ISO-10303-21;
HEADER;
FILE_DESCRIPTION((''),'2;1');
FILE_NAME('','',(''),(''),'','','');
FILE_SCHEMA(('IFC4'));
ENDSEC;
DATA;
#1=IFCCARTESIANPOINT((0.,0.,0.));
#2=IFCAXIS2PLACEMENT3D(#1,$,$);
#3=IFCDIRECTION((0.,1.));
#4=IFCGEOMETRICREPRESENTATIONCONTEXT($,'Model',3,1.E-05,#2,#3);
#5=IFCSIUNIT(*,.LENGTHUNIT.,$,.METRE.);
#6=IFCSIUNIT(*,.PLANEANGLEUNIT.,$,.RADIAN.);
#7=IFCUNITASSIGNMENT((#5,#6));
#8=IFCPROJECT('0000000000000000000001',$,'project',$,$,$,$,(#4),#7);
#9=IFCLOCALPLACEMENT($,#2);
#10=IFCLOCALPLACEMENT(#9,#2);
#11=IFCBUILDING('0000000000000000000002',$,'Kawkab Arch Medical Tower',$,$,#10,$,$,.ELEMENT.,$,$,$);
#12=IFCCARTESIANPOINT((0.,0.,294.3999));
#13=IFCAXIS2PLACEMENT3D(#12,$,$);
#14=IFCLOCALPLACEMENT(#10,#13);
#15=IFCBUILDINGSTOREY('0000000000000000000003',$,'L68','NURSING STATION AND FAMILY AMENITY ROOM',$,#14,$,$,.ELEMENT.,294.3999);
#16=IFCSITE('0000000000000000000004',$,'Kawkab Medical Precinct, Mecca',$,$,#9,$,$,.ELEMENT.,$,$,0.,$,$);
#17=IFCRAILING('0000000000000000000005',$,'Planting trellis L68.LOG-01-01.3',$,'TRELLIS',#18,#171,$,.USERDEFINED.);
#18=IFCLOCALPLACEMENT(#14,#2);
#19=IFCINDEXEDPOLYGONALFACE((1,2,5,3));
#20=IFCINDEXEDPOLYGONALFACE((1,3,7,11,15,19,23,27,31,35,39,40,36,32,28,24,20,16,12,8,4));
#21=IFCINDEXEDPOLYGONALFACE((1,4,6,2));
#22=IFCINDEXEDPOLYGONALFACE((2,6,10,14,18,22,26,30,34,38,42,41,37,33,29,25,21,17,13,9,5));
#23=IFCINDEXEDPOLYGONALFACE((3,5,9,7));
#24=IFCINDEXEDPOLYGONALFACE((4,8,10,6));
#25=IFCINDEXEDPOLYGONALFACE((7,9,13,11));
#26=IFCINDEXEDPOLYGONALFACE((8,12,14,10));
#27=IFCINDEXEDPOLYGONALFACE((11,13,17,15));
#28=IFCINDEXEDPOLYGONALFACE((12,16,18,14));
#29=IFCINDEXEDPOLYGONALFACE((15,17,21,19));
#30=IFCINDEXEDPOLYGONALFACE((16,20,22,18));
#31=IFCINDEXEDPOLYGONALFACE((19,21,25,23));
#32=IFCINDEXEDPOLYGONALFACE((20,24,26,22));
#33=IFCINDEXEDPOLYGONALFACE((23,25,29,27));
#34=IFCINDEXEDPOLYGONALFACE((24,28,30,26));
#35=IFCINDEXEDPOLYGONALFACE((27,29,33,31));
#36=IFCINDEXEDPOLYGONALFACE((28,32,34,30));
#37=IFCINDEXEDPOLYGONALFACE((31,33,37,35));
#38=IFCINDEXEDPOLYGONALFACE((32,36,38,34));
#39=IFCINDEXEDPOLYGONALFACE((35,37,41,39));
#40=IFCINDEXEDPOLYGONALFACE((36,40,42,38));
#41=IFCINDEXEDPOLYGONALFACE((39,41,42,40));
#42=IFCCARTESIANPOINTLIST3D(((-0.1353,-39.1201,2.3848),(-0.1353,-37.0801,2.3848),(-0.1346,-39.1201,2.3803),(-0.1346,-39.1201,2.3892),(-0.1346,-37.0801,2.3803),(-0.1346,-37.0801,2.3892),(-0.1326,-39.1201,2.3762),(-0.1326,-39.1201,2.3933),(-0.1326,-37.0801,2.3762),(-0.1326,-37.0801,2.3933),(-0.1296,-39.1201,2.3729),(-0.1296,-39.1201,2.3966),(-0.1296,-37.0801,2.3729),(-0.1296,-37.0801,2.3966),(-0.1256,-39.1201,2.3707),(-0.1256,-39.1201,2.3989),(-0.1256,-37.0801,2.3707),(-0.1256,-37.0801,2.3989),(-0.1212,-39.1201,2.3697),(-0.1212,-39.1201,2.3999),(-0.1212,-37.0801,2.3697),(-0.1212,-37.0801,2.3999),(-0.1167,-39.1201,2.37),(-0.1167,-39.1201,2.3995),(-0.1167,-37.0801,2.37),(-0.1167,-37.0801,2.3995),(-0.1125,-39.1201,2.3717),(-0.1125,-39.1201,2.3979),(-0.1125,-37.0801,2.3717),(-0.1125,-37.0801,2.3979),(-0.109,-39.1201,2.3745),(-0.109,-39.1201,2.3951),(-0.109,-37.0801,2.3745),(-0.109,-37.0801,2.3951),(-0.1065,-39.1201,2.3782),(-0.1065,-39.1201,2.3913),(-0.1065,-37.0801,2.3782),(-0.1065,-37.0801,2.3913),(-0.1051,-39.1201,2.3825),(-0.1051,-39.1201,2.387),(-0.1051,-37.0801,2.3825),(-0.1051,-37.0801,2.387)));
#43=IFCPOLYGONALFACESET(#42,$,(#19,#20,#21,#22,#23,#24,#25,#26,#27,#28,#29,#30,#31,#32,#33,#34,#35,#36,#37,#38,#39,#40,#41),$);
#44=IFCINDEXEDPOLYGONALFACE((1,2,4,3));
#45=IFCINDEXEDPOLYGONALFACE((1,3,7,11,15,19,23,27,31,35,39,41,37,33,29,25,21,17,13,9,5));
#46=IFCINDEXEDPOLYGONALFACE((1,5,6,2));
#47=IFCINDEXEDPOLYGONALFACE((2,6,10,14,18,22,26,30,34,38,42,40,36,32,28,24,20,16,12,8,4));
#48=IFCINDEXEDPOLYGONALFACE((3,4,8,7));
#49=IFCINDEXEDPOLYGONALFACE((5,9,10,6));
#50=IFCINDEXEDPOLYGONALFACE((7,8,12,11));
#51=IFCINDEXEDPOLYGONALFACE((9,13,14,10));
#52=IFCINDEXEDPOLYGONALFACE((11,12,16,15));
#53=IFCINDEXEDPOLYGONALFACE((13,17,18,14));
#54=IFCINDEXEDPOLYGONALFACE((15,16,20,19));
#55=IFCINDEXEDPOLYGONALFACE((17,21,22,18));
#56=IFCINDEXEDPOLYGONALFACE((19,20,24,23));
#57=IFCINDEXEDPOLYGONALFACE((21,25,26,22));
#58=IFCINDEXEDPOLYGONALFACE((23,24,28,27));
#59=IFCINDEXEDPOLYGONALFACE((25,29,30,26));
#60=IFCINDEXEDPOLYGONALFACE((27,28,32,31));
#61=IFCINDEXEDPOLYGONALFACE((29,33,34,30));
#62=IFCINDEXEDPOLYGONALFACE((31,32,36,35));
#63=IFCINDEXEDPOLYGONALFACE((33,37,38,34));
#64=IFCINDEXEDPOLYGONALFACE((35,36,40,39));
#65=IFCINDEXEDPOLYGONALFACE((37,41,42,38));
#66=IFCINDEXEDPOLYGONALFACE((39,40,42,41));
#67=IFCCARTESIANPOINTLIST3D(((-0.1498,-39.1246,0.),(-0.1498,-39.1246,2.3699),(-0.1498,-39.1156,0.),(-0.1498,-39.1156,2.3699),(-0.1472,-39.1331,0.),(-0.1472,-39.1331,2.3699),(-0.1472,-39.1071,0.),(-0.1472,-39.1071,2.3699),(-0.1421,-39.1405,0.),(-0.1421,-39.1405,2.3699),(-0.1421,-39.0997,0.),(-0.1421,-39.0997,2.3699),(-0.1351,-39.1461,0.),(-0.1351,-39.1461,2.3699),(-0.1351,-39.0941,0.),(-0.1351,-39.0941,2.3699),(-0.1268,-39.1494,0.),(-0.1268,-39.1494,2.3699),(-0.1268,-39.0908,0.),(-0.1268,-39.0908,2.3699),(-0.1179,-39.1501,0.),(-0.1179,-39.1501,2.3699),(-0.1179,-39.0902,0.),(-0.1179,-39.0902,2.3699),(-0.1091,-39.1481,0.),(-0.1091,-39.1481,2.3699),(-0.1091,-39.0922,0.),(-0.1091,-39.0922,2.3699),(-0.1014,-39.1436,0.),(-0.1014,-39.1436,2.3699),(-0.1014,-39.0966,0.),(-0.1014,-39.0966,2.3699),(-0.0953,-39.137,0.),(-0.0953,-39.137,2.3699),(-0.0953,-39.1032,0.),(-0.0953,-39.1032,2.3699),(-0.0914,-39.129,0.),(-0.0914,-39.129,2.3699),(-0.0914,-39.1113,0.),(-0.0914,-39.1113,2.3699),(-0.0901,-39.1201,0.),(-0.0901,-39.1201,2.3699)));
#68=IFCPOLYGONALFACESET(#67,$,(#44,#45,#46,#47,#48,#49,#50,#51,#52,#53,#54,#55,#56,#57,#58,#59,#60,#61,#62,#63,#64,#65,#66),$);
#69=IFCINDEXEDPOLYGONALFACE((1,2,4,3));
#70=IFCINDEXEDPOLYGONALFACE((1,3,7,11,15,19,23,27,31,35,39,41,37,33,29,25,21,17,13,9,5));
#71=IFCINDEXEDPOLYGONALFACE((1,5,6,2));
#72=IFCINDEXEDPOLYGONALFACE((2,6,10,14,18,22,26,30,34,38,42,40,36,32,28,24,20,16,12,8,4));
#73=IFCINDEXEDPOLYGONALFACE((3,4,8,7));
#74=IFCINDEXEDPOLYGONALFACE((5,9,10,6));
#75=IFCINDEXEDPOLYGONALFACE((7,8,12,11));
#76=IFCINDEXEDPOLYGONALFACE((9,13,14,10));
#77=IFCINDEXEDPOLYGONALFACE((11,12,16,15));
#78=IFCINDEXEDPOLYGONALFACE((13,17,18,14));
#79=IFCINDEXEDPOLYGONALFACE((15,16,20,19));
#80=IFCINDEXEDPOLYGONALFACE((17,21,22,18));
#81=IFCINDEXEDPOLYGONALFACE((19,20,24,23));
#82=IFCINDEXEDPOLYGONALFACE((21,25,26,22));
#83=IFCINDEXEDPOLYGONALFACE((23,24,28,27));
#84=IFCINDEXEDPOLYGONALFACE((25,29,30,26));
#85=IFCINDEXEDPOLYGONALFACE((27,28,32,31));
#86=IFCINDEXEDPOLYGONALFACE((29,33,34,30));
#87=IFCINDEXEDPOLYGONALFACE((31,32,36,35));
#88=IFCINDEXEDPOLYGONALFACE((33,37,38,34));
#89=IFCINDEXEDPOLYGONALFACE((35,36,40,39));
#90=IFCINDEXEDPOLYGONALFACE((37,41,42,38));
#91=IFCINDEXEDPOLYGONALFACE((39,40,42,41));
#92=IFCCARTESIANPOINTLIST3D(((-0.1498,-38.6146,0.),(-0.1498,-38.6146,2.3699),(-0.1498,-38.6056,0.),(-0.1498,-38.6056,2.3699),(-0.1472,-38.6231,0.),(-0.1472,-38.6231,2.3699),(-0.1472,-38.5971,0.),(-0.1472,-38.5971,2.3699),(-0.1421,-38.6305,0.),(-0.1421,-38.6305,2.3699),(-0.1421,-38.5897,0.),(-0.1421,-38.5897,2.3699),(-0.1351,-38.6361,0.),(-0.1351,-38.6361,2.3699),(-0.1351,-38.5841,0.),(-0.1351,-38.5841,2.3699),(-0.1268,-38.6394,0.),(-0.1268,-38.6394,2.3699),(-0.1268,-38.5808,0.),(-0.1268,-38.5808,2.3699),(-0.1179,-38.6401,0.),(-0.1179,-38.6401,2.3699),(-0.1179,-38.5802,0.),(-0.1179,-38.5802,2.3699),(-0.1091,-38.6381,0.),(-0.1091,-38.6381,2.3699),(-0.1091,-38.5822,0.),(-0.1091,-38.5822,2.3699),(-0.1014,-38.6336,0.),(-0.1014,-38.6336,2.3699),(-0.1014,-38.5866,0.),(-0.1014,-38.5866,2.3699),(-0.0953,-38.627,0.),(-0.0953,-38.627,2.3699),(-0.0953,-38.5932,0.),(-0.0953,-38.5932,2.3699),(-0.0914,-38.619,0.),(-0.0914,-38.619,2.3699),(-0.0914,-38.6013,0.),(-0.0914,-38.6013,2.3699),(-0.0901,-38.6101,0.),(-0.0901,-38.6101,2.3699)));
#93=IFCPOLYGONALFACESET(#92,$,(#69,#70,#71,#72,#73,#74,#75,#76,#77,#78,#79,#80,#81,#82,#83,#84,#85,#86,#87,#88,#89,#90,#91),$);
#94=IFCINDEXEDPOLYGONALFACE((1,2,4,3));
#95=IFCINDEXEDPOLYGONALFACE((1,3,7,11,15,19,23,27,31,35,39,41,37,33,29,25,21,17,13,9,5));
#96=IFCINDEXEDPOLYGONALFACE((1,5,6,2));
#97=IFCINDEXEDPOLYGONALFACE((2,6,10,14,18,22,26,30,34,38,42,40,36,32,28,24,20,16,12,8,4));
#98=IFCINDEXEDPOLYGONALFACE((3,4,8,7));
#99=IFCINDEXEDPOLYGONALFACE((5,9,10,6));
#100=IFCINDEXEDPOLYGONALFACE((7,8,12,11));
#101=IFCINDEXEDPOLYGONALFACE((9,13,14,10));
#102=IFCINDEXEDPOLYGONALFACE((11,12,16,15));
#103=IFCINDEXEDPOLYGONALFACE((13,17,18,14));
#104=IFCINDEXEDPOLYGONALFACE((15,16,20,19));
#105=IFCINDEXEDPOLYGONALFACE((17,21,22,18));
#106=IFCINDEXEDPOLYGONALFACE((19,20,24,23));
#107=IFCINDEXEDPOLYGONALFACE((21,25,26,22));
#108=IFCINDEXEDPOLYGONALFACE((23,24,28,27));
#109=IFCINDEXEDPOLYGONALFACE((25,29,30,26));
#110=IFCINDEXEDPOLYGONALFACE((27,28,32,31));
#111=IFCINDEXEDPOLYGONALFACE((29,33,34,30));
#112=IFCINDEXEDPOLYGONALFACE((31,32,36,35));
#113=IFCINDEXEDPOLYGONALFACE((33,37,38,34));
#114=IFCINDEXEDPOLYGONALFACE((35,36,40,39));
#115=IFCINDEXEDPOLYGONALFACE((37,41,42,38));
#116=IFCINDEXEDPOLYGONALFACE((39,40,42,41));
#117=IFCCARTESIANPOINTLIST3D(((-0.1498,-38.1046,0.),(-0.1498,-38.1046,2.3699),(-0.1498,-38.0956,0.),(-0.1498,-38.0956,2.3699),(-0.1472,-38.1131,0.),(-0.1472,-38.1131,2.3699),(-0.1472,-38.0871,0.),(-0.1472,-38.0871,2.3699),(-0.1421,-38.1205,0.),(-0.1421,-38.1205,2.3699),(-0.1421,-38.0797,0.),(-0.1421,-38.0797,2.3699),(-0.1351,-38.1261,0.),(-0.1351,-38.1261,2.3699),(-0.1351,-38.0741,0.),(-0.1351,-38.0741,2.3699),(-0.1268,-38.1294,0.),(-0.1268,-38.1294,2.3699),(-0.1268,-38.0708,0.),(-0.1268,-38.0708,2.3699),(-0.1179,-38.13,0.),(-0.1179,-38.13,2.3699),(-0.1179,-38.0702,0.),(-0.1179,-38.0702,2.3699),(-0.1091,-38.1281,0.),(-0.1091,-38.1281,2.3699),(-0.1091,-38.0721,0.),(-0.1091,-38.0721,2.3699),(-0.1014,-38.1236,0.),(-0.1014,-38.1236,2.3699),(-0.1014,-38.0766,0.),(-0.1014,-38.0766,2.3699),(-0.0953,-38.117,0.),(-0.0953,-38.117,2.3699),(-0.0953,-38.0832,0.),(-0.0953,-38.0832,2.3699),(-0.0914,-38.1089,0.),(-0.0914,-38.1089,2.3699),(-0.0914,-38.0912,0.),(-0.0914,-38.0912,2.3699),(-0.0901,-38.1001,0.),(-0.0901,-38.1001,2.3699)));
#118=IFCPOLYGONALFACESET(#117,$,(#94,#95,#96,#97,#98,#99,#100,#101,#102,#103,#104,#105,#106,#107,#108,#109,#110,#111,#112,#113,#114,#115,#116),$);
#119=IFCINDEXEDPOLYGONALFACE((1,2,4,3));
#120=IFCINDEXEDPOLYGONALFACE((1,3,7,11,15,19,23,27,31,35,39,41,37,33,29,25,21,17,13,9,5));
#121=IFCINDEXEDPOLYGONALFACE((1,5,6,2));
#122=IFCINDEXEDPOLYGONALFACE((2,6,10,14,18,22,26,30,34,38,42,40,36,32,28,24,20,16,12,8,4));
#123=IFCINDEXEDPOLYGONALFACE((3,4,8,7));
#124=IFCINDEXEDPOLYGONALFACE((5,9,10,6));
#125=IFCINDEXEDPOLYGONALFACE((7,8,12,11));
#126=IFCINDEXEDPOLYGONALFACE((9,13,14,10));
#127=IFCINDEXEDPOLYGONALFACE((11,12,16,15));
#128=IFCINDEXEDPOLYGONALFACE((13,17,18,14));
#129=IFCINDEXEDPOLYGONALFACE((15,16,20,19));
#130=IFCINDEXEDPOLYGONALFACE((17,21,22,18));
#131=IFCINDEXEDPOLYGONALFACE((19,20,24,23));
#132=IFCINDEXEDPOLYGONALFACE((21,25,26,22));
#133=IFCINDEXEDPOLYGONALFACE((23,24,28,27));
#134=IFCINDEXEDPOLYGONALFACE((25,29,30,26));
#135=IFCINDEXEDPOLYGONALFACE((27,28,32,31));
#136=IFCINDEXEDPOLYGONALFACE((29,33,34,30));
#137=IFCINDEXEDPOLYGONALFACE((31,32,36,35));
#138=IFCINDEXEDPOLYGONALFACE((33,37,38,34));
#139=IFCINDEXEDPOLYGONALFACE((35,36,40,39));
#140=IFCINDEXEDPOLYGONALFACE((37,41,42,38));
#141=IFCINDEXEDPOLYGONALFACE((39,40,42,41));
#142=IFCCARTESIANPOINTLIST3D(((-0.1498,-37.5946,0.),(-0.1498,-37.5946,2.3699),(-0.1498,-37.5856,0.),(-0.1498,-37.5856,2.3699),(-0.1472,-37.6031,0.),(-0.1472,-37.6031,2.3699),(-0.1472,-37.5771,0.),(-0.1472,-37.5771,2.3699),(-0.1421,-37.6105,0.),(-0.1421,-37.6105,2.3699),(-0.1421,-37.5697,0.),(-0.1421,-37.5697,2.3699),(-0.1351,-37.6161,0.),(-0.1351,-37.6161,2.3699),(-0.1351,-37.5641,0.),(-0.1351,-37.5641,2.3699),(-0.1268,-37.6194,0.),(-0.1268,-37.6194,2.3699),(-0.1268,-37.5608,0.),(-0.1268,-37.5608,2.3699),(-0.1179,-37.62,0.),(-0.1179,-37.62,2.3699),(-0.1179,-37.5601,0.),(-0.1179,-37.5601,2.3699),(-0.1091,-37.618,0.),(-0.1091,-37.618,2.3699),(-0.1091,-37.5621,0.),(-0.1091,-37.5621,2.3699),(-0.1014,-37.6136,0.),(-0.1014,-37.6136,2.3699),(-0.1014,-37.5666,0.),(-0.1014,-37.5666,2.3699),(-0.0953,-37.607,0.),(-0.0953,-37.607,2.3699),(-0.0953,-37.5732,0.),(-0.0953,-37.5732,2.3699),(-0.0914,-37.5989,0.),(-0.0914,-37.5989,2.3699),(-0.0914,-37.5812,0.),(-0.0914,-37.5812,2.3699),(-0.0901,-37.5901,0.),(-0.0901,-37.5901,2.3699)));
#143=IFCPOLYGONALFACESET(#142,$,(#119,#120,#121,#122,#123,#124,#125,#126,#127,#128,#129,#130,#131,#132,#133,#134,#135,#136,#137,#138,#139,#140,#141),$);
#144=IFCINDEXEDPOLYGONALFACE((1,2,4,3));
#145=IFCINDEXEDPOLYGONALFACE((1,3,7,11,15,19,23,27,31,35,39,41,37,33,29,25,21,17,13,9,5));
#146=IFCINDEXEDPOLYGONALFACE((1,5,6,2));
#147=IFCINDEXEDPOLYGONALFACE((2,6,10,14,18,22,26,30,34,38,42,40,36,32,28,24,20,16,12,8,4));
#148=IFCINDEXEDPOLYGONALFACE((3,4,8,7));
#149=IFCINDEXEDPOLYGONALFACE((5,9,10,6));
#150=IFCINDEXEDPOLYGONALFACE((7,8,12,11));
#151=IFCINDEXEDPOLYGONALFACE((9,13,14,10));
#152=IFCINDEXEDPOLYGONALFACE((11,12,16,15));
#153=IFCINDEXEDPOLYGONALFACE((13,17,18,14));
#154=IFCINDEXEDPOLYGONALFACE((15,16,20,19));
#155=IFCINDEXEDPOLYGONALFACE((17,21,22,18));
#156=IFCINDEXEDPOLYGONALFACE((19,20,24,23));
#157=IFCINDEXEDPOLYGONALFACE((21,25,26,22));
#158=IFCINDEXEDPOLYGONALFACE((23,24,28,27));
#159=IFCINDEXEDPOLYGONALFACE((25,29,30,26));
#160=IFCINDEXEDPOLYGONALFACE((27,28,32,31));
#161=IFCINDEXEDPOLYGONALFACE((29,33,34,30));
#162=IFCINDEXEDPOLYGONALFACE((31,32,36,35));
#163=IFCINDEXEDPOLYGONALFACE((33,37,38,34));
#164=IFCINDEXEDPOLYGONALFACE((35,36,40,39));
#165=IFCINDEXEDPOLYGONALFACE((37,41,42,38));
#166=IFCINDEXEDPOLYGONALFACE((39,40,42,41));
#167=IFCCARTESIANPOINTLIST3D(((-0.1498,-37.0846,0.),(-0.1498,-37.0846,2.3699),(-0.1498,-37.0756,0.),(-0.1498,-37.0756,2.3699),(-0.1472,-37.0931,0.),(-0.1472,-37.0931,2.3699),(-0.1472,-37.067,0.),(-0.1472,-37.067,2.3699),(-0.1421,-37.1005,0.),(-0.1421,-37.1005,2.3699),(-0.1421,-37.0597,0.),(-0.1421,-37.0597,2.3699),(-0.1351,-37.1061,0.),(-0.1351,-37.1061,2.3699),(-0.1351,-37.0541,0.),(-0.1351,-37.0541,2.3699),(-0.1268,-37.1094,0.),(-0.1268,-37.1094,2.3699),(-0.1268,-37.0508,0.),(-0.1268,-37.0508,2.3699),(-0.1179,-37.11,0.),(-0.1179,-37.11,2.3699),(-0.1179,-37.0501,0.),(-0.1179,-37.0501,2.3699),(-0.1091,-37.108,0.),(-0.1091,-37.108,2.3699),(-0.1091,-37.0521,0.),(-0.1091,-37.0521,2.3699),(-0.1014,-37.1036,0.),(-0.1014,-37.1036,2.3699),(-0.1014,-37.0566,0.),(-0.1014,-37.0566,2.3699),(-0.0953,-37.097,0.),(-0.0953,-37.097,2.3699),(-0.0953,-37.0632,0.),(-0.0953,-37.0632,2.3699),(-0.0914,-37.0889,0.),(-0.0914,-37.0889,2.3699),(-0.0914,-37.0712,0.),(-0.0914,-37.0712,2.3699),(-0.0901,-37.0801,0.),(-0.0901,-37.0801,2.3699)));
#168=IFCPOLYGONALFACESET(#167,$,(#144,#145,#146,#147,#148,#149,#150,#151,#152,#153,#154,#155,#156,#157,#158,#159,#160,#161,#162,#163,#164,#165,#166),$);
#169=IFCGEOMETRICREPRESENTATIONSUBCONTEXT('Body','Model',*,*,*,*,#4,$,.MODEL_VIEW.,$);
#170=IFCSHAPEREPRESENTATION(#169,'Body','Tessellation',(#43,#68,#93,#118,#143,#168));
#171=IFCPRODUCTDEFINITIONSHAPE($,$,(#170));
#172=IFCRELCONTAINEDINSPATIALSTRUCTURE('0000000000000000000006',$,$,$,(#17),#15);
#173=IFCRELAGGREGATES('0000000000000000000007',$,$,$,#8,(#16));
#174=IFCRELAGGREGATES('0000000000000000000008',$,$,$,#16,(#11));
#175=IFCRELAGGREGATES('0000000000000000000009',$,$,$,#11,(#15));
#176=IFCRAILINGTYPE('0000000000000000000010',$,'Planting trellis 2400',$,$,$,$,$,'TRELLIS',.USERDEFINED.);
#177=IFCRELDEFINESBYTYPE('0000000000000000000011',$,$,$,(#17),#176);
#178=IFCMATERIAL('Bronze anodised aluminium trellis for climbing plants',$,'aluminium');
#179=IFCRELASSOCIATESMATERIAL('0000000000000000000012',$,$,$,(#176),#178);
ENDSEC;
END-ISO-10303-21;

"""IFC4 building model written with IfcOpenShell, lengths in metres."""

from ifc_helpers import new_model, si_unit, direction, frame, origin, origin_2d, place, context, subcontext, project, spatial, circle, extrude, material, type_object, element, save


model = new_model("IFC4")

# Units and contexts
model_context = context("Model", 3, precision=1e-05, world=origin(), true_north=direction((0.0, 1.0)))
body_context = subcontext(model_context, "Body", "Model", "MODEL_VIEW")
ifc_project = project(units=[si_unit("LENGTHUNIT", "METRE"), si_unit("PLANEANGLEUNIT", "RADIAN")], contexts=[model_context])

# Site, building, storey
site_placement = place(None, origin())
site = spatial("IfcSite", under=ifc_project, at=site_placement, Name="Kawkab Medical Precinct, Mecca", CompositionType="ELEMENT", RefElevation=0.0)
building_placement = place(site_placement, origin())
building = spatial("IfcBuilding", under=site, at=building_placement, Name="Kawkab Arch Medical Tower", CompositionType="ELEMENT")
storey_placement = place(building_placement, frame((0.0, 0.0, 294.3999)))
storey = spatial("IfcBuildingStorey", under=building, at=storey_placement, Name="L68", Description="NURSING STATION AND FAMILY AMENITY ROOM", CompositionType="ELEMENT", Elevation=294.3999)

# Railing
ifc_material_1 = material(Name="Bronze anodised aluminium trellis for climbing plants", Category="aluminium")
railing_type_1 = type_object("IfcRailingType", Name="Planting trellis 2400", ElementType="TRELLIS", PredefinedType="USERDEFINED", material=ifc_material_1)
railing_1_placement = place(storey_placement, frame((-0.1201, -39.1201, 0.0)))
element("IfcRailing", 1, at=railing_1_placement, inside=storey, type_object=railing_type_1, Name="Planting trellis L68.LOG-01-01.3", ObjectType="TRELLIS", PredefinedType="USERDEFINED", context=body_context, shape_type="SweptSolid", body=[
    extrude(circle(Radius=0.0151, at=origin_2d()), frame((0.0, 0.0, 2.3848), z_axis=(0.0, 1.0, 0.0), x_axis=(-1.0, 0.0, 0.0)), (0.0, 0.0, 1.0), 2.04),
    extrude(circle(Radius=0.03, at=origin_2d()), origin(), (0.0, 0.0, 1.0), 2.3699),
    extrude(circle(Radius=0.03, at=origin_2d()), frame((0.0, 0.51, 0.0)), (0.0, 0.0, 1.0), 2.3699),
    extrude(circle(Radius=0.03, at=origin_2d()), frame((0.0, 1.02, 0.0)), (0.0, 0.0, 1.0), 2.3699),
    extrude(circle(Radius=0.03, at=origin_2d()), frame((0.0, 1.53, 0.0)), (0.0, 0.0, 1.0), 2.3699),
    extrude(circle(Radius=0.03, at=origin_2d()), frame((0.0, 2.04, 0.0)), (0.0, 0.0, 1.0), 2.3699),
])

save(model, "model.ifc")
